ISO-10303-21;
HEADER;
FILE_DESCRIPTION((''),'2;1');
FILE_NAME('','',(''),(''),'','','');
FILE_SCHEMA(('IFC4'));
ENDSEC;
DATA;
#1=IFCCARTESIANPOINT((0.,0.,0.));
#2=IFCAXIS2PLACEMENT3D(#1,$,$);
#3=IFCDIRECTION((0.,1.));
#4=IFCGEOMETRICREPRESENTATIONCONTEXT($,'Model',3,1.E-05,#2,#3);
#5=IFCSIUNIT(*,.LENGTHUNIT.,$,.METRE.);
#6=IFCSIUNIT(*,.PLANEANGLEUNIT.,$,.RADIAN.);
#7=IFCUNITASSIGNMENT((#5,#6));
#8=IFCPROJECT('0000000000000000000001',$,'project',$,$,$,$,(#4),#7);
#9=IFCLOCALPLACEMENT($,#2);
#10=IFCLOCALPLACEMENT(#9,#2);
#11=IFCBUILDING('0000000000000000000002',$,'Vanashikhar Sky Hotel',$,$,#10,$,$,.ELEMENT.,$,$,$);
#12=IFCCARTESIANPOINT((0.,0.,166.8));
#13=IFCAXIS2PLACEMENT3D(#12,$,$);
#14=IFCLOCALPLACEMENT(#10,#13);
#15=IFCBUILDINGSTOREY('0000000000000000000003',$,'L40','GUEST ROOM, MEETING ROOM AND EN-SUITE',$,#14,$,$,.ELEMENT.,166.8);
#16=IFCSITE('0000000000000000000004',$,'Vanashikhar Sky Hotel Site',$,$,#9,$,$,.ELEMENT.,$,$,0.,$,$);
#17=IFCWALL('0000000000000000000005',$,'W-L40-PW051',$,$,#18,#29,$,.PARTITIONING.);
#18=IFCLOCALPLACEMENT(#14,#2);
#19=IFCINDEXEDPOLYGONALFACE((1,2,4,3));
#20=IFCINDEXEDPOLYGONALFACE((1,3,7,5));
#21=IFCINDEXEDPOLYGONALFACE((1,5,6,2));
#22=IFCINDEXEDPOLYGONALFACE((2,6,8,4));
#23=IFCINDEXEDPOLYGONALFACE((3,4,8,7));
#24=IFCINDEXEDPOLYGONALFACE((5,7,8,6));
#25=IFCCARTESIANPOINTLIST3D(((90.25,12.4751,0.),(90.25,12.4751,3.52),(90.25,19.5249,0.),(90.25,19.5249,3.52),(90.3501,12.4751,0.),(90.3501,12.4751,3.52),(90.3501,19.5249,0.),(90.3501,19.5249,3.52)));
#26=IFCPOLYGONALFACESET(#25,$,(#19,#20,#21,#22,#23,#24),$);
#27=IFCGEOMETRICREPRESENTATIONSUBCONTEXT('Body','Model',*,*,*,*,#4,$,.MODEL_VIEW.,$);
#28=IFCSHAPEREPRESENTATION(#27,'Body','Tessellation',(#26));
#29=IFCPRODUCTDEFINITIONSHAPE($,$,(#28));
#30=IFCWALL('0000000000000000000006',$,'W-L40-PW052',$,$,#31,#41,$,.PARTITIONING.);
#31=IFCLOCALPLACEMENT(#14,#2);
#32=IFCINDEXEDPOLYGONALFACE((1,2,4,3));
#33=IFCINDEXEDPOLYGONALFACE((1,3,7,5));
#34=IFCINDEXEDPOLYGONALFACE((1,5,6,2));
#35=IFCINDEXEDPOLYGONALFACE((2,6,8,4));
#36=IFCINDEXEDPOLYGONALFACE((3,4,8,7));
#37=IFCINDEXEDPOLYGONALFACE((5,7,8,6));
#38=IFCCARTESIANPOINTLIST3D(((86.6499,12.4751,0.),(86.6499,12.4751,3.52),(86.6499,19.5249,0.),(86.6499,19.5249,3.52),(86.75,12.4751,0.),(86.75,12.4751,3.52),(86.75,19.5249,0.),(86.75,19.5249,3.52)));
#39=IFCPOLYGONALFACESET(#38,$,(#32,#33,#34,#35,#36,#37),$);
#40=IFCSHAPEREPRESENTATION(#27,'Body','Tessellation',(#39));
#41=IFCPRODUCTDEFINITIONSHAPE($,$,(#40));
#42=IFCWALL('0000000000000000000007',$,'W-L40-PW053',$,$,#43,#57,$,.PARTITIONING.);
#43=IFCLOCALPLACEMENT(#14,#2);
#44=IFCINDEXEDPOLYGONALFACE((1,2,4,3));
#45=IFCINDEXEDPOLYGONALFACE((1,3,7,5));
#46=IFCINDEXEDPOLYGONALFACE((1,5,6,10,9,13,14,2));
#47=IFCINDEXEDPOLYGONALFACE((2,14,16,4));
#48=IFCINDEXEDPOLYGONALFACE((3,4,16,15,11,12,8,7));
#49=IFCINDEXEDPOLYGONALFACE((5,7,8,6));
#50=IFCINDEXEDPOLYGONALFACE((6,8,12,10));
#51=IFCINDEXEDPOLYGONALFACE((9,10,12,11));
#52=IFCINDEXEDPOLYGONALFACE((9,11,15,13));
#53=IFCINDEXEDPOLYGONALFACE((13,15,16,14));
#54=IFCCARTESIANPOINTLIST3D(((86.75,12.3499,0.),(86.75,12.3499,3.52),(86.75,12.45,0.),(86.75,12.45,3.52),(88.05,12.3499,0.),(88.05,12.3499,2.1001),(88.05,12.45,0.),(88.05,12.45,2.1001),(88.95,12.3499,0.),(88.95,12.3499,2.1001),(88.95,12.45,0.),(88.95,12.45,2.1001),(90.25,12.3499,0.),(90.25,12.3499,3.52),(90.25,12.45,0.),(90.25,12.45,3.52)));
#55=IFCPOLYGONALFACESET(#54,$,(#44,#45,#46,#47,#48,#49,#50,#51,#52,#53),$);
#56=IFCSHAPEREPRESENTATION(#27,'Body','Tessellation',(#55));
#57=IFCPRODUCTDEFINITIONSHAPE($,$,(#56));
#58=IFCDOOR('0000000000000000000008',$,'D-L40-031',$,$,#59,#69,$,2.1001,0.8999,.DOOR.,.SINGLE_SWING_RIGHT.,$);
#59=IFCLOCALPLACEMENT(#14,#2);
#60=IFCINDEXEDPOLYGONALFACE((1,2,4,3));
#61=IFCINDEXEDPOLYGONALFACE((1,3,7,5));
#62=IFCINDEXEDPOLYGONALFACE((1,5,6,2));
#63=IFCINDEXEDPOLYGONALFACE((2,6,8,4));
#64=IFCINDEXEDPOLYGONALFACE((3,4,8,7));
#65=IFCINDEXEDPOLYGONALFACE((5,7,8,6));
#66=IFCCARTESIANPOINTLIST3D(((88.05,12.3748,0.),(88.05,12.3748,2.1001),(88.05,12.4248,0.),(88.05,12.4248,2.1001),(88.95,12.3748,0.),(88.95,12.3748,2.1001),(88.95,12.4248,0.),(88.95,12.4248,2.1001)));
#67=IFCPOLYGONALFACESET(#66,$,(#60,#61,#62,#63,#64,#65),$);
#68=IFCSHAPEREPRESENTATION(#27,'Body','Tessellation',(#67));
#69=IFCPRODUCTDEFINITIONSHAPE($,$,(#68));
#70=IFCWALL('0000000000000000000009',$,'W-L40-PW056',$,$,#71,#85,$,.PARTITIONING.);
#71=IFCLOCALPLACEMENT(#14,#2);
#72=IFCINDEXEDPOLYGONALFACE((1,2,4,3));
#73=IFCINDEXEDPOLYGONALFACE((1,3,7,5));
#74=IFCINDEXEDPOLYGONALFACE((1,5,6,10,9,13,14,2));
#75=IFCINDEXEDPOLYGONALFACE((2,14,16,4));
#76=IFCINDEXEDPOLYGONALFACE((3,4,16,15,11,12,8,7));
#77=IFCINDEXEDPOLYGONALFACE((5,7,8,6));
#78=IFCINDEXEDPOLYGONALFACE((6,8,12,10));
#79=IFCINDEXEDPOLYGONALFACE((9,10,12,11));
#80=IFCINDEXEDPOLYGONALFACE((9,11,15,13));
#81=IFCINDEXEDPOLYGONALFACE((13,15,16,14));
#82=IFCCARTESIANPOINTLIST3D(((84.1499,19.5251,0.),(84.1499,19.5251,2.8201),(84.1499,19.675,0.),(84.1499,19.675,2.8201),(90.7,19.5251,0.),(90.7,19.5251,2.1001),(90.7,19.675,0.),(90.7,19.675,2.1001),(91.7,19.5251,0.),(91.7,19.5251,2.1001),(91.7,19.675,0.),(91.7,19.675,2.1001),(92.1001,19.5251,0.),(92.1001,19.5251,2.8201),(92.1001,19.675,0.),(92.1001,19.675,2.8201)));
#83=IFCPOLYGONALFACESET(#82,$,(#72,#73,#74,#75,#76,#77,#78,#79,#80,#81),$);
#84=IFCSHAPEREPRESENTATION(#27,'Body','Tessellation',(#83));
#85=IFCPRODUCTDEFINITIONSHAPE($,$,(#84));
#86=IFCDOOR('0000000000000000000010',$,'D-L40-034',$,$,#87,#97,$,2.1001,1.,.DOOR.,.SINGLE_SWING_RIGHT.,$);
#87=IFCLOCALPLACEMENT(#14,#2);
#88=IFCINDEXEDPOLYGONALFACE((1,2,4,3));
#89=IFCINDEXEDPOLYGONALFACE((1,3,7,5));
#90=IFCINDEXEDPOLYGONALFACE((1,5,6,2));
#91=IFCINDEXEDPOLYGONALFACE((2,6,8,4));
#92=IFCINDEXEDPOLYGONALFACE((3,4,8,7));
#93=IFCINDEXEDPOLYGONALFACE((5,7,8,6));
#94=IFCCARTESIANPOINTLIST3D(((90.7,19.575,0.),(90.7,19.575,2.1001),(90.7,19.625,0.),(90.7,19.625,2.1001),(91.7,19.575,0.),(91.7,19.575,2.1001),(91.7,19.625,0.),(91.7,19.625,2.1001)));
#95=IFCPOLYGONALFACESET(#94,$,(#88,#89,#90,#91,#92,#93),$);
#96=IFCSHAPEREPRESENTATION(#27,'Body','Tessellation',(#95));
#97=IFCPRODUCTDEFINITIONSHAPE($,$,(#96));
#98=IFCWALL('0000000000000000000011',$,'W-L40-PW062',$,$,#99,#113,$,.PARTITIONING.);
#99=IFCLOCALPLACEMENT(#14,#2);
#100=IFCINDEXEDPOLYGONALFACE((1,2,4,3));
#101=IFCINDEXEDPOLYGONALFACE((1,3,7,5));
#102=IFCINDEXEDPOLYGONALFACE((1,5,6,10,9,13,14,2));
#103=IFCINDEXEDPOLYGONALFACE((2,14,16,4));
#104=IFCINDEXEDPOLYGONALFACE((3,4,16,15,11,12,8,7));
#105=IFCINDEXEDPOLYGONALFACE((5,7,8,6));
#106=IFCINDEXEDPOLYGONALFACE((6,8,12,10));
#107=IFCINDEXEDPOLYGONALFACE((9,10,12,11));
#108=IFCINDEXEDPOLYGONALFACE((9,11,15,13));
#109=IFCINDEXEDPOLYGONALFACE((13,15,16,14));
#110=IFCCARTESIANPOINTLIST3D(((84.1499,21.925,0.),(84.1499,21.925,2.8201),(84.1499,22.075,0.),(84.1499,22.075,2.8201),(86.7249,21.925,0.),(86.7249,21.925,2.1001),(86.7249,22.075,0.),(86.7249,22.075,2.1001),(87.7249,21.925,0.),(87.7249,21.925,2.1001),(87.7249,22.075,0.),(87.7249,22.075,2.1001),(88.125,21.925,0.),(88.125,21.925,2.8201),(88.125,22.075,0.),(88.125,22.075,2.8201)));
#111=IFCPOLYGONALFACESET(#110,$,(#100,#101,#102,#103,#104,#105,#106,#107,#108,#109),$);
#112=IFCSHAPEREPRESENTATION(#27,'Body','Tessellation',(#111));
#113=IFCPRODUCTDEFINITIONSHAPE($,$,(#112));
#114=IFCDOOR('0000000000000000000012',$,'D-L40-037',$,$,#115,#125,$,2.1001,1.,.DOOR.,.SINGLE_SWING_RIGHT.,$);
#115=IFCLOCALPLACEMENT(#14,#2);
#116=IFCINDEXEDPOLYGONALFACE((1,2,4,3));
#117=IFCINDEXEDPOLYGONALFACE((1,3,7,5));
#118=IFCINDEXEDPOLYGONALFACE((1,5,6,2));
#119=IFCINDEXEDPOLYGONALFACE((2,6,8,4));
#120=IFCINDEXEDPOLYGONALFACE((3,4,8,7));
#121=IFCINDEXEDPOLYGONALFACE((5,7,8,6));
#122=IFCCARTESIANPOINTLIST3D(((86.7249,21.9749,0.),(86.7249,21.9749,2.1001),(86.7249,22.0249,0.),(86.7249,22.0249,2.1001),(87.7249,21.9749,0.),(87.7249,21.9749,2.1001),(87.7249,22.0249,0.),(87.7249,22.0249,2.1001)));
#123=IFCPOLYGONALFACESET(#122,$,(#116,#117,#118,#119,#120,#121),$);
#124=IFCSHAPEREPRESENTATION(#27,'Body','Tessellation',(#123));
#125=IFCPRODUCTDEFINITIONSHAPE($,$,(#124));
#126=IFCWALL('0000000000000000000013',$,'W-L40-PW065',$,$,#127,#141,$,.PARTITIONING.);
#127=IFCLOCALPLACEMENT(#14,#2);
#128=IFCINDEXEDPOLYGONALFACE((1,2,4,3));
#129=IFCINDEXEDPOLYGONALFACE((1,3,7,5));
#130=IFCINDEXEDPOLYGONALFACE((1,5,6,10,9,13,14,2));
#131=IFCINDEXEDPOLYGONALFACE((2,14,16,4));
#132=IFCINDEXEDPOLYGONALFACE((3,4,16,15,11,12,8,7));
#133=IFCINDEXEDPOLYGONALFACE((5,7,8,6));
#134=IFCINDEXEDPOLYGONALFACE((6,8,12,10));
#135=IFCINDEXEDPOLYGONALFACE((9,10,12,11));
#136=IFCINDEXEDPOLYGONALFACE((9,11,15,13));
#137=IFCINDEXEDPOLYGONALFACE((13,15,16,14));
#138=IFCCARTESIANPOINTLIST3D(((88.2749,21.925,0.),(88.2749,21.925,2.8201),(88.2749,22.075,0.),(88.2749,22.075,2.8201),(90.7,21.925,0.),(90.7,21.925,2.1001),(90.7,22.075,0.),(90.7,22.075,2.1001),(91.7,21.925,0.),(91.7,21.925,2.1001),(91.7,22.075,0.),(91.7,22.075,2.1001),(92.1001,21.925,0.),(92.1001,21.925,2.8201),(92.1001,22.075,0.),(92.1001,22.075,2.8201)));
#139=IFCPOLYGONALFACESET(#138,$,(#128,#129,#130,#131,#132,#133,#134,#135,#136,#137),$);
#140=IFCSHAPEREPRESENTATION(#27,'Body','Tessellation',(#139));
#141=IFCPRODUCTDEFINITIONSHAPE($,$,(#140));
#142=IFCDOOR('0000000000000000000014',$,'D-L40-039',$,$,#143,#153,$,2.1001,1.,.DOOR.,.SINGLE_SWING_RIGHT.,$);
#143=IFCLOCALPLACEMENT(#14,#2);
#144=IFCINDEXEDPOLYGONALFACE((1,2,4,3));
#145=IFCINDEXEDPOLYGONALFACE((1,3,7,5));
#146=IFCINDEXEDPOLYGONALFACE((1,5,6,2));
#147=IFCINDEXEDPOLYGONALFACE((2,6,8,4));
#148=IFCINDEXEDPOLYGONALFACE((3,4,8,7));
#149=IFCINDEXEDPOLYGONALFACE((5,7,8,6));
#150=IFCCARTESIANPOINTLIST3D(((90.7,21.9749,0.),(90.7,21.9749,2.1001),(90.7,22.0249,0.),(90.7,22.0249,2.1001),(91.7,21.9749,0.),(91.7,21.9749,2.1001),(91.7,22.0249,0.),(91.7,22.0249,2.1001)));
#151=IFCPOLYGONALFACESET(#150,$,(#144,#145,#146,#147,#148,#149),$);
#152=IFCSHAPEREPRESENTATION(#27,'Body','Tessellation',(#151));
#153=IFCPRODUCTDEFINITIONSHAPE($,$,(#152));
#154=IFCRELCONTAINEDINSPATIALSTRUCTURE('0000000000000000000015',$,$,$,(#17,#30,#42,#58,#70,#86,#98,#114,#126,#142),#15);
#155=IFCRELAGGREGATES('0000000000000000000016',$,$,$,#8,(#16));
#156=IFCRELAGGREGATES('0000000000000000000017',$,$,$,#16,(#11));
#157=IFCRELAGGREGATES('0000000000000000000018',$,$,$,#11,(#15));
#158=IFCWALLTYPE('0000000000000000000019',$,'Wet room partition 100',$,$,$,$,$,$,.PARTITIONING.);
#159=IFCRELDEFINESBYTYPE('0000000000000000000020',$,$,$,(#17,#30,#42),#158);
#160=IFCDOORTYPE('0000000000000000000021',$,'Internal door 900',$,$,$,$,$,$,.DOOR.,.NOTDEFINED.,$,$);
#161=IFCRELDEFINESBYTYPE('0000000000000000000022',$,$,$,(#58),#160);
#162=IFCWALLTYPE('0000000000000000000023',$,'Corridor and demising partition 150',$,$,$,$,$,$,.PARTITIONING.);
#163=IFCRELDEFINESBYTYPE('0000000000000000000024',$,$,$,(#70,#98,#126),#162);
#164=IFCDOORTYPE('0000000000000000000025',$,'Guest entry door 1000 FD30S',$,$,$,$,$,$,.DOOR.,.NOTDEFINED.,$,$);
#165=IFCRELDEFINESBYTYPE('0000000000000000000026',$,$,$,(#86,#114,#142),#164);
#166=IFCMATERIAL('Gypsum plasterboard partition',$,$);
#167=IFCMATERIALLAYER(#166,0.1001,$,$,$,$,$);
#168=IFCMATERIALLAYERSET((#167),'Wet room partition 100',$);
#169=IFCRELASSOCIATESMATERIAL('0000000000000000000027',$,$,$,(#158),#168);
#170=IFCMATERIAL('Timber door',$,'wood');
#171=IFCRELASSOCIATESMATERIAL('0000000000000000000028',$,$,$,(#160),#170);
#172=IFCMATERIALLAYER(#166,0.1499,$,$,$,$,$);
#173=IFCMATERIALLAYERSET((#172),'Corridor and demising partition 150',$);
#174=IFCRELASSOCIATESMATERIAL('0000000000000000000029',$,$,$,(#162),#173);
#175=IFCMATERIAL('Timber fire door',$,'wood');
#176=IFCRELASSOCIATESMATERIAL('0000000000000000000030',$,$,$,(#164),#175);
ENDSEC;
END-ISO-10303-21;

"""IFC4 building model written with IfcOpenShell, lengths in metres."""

from ifc_helpers import new_model, si_unit, direction, frame, frame_2d, origin, place, context, subcontext, project, spatial, rectangle, extrude, source, transform, mapped, material, layer, layer_set, type_object, element, fill, save


model = new_model("IFC4")

# Units and contexts
model_context = context("Model", 3, precision=1e-05, world=origin(), true_north=direction((0.0, 1.0)))
body_context = subcontext(model_context, "Body", "Model", "MODEL_VIEW")
ifc_project = project(units=[si_unit("LENGTHUNIT", "METRE"), si_unit("PLANEANGLEUNIT", "RADIAN")], contexts=[model_context])

# Site, building, storey
site_placement = place(None, origin())
site = spatial("IfcSite", under=ifc_project, at=site_placement, Name="Vanashikhar Sky Hotel Site", CompositionType="ELEMENT", RefElevation=0.0)
building_placement = place(site_placement, origin())
building = spatial("IfcBuilding", under=site, at=building_placement, Name="Vanashikhar Sky Hotel", CompositionType="ELEMENT")
storey_placement = place(building_placement, frame((0.0, 0.0, 166.8)))
storey = spatial("IfcBuildingStorey", under=building, at=storey_placement, Name="L40", Description="GUEST ROOM, MEETING ROOM AND EN-SUITE", CompositionType="ELEMENT", Elevation=166.8)

# Walls
ifc_material_1 = material(Name="Gypsum plasterboard partition")
ifc_layer_1 = layer(ifc_material_1, 0.1001)
ifc_layer_set_1 = layer_set([ifc_layer_1], Name="Wet room partition 100")
wall_type_1 = type_object("IfcWallType", Name="Wet room partition 100", PredefinedType="PARTITIONING", material=ifc_layer_set_1)
shared_shape_1 = source(origin(), body_context, "Body", "SweptSolid", [
    extrude(rectangle(XDim=7.0498, YDim=0.1001, at=frame_2d((3.5249, 0.0))), origin(), (0.0, 0.0, 1.0), 3.52),
])
for number, where, z_axis, x_axis, name in (
    (1, (90.3, 12.4751, 0.0), (0.0, 0.0, 1.0), (0.0, 1.0, 0.0), "W-L40-PW051"),
    (2, (86.7, 12.4751, 0.0), (0.0, 0.0, 1.0), (0.0, 1.0, 0.0), "W-L40-PW052"),
):
    element("IfcWall", number, at=place(storey_placement, frame(where, z_axis=z_axis, x_axis=x_axis)), inside=storey, type_object=wall_type_1, Name=name, PredefinedType="PARTITIONING", context=body_context, shape_type="MappedRepresentation", body=[
        mapped(shared_shape_1, transform((0.0, 0.0, 0.0), scale=1.0)),
    ])

# Walls, openings, doors
shared_shape_2 = source(origin(), body_context, "Body", "SweptSolid", [
    extrude(rectangle(XDim=3.5, YDim=0.1001, at=frame_2d((1.75, 0.0))), origin(), (0.0, 0.0, 1.0), 3.52),
])
wall_1_placement = place(storey_placement, frame((86.75, 12.3999, 0.0), z_axis=(0.0, 0.0, 1.0), x_axis=(1.0, 0.0, 0.0)))
wall_1 = element("IfcWall", 3, at=wall_1_placement, inside=storey, type_object=wall_type_1, Name="W-L40-PW053", PredefinedType="PARTITIONING", context=body_context, shape_type="MappedRepresentation", body=[
    mapped(shared_shape_2, transform((0.0, 0.0, 0.0), scale=1.0)),
])
shared_shape_3 = source(origin(), body_context, "Body", "SweptSolid", [
    extrude(rectangle(XDim=0.8999, YDim=2.1001, at=frame_2d((0.45, 1.05))), frame((0.0, 0.0601, 0.0), z_axis=(0.0, -1.0, 0.0), x_axis=(1.0, 0.0, 0.0)), (0.0, 0.0, 1.0), 0.1201),
])
opening_1_placement = place(wall_1_placement, frame((1.3, 0.0, 0.0)))
opening_1 = element("IfcOpeningElement", 4, at=opening_1_placement, cuts=wall_1, PredefinedType="OPENING", context=body_context, shape_type="MappedRepresentation", body=[
    mapped(shared_shape_3, transform((0.0, 0.0, 0.0), scale=1.0)),
])
ifc_material_2 = material(Name="Timber door", Category="wood")
door_type_1 = type_object("IfcDoorType", Name="Internal door 900", OperationType="NOTDEFINED", PredefinedType="DOOR", material=ifc_material_2)
shared_shape_4 = source(origin(), body_context, "Body", "SweptSolid", [
    extrude(rectangle(XDim=0.8999, YDim=2.1001, at=frame_2d((0.45, 1.05))), frame((0.0, 0.0249, 0.0), z_axis=(0.0, -1.0, 0.0), x_axis=(1.0, 0.0, 0.0)), (0.0, 0.0, 1.0), 0.05),
])
door_1_placement = place(opening_1_placement, origin())
door_1 = element("IfcDoor", 5, at=door_1_placement, inside=storey, type_object=door_type_1, Name="D-L40-031", OperationType="SINGLE_SWING_RIGHT", OverallHeight=2.1001, OverallWidth=0.8999, PredefinedType="DOOR", context=body_context, shape_type="MappedRepresentation", body=[
    mapped(shared_shape_4, transform((0.0, 0.0, 0.0), scale=1.0)),
])
fill(opening_1, door_1)
ifc_layer_2 = layer(ifc_material_1, 0.1499)
ifc_layer_set_2 = layer_set([ifc_layer_2], Name="Corridor and demising partition 150")
wall_type_2 = type_object("IfcWallType", Name="Corridor and demising partition 150", PredefinedType="PARTITIONING", material=ifc_layer_set_2)
shared_shape_5 = source(origin(), body_context, "Body", "SweptSolid", [
    extrude(rectangle(XDim=7.9502, YDim=0.1499, at=frame_2d((3.9751, 0.0))), origin(), (0.0, 0.0, 1.0), 2.8201),
])
wall_2_placement = place(storey_placement, frame((84.1499, 19.6001, 0.0), z_axis=(0.0, 0.0, 1.0), x_axis=(1.0, 0.0, 0.0)))
wall_2 = element("IfcWall", 6, at=wall_2_placement, inside=storey, type_object=wall_type_2, Name="W-L40-PW056", PredefinedType="PARTITIONING", context=body_context, shape_type="MappedRepresentation", body=[
    mapped(shared_shape_5, transform((0.0, 0.0, 0.0), scale=1.0)),
])
shared_shape_6 = source(origin(), body_context, "Body", "SweptSolid", [
    extrude(rectangle(XDim=1.0, YDim=2.1001, at=frame_2d((0.5, 1.05))), frame((0.0, 0.085, 0.0), z_axis=(0.0, -1.0, 0.0), x_axis=(1.0, 0.0, 0.0)), (0.0, 0.0, 1.0), 0.1699),
])
opening_2_placement = place(wall_2_placement, frame((6.55, 0.0, 0.0)))
opening_2 = element("IfcOpeningElement", 7, at=opening_2_placement, cuts=wall_2, PredefinedType="OPENING", context=body_context, shape_type="MappedRepresentation", body=[
    mapped(shared_shape_6, transform((0.0, 0.0, 0.0), scale=1.0)),
])
ifc_material_3 = material(Name="Timber fire door", Category="wood")
door_type_2 = type_object("IfcDoorType", Name="Guest entry door 1000 FD30S", OperationType="NOTDEFINED", PredefinedType="DOOR", material=ifc_material_3)
shared_shape_7 = source(origin(), body_context, "Body", "SweptSolid", [
    extrude(rectangle(XDim=1.0, YDim=2.1001, at=frame_2d((0.5, 1.05))), frame((0.0, 0.0249, 0.0), z_axis=(0.0, -1.0, 0.0), x_axis=(1.0, 0.0, 0.0)), (0.0, 0.0, 1.0), 0.05),
])
door_2_placement = place(opening_2_placement, origin())
door_2 = element("IfcDoor", 8, at=door_2_placement, inside=storey, type_object=door_type_2, Name="D-L40-034", OperationType="SINGLE_SWING_RIGHT", OverallHeight=2.1001, OverallWidth=1.0, PredefinedType="DOOR", context=body_context, shape_type="MappedRepresentation", body=[
    mapped(shared_shape_7, transform((0.0, 0.0, 0.0), scale=1.0)),
])
fill(opening_2, door_2)
shared_shape_8 = source(origin(), body_context, "Body", "SweptSolid", [
    extrude(rectangle(XDim=3.9751, YDim=0.1499, at=frame_2d((1.9875, 0.0))), origin(), (0.0, 0.0, 1.0), 2.8201),
])
wall_3_placement = place(storey_placement, frame((84.1499, 22.0, 0.0), z_axis=(0.0, 0.0, 1.0), x_axis=(1.0, 0.0, 0.0)))
wall_3 = element("IfcWall", 9, at=wall_3_placement, inside=storey, type_object=wall_type_2, Name="W-L40-PW062", PredefinedType="PARTITIONING", context=body_context, shape_type="MappedRepresentation", body=[
    mapped(shared_shape_8, transform((0.0, 0.0, 0.0), scale=1.0)),
])
opening_3_placement = place(wall_3_placement, frame((2.575, 0.0, 0.0)))
opening_3 = element("IfcOpeningElement", 10, at=opening_3_placement, cuts=wall_3, PredefinedType="OPENING", context=body_context, shape_type="MappedRepresentation", body=[
    mapped(shared_shape_6, transform((0.0, 0.0, 0.0), scale=1.0)),
])
door_3_placement = place(opening_3_placement, origin())
door_3 = element("IfcDoor", 11, at=door_3_placement, inside=storey, type_object=door_type_2, Name="D-L40-037", OperationType="SINGLE_SWING_RIGHT", OverallHeight=2.1001, OverallWidth=1.0, PredefinedType="DOOR", context=body_context, shape_type="MappedRepresentation", body=[
    mapped(shared_shape_7, transform((0.0, 0.0, 0.0), scale=1.0)),
])
fill(opening_3, door_3)
shared_shape_9 = source(origin(), body_context, "Body", "SweptSolid", [
    extrude(rectangle(XDim=3.8252, YDim=0.1499, at=frame_2d((1.9126, 0.0))), origin(), (0.0, 0.0, 1.0), 2.8201),
])
wall_4_placement = place(storey_placement, frame((88.2749, 22.0, 0.0), z_axis=(0.0, 0.0, 1.0), x_axis=(1.0, 0.0, 0.0)))
wall_4 = element("IfcWall", 12, at=wall_4_placement, inside=storey, type_object=wall_type_2, Name="W-L40-PW065", PredefinedType="PARTITIONING", context=body_context, shape_type="MappedRepresentation", body=[
    mapped(shared_shape_9, transform((0.0, 0.0, 0.0), scale=1.0)),
])
opening_4_placement = place(wall_4_placement, frame((2.425, 0.0, 0.0)))
opening_4 = element("IfcOpeningElement", 13, at=opening_4_placement, cuts=wall_4, PredefinedType="OPENING", context=body_context, shape_type="MappedRepresentation", body=[
    mapped(shared_shape_6, transform((0.0, 0.0, 0.0), scale=1.0)),
])
door_4_placement = place(opening_4_placement, origin())
door_4 = element("IfcDoor", 14, at=door_4_placement, inside=storey, type_object=door_type_2, Name="D-L40-039", OperationType="SINGLE_SWING_RIGHT", OverallHeight=2.1001, OverallWidth=1.0, PredefinedType="DOOR", context=body_context, shape_type="MappedRepresentation", body=[
    mapped(shared_shape_7, transform((0.0, 0.0, 0.0), scale=1.0)),
])
fill(opening_4, door_4)

save(model, "model.ifc")
